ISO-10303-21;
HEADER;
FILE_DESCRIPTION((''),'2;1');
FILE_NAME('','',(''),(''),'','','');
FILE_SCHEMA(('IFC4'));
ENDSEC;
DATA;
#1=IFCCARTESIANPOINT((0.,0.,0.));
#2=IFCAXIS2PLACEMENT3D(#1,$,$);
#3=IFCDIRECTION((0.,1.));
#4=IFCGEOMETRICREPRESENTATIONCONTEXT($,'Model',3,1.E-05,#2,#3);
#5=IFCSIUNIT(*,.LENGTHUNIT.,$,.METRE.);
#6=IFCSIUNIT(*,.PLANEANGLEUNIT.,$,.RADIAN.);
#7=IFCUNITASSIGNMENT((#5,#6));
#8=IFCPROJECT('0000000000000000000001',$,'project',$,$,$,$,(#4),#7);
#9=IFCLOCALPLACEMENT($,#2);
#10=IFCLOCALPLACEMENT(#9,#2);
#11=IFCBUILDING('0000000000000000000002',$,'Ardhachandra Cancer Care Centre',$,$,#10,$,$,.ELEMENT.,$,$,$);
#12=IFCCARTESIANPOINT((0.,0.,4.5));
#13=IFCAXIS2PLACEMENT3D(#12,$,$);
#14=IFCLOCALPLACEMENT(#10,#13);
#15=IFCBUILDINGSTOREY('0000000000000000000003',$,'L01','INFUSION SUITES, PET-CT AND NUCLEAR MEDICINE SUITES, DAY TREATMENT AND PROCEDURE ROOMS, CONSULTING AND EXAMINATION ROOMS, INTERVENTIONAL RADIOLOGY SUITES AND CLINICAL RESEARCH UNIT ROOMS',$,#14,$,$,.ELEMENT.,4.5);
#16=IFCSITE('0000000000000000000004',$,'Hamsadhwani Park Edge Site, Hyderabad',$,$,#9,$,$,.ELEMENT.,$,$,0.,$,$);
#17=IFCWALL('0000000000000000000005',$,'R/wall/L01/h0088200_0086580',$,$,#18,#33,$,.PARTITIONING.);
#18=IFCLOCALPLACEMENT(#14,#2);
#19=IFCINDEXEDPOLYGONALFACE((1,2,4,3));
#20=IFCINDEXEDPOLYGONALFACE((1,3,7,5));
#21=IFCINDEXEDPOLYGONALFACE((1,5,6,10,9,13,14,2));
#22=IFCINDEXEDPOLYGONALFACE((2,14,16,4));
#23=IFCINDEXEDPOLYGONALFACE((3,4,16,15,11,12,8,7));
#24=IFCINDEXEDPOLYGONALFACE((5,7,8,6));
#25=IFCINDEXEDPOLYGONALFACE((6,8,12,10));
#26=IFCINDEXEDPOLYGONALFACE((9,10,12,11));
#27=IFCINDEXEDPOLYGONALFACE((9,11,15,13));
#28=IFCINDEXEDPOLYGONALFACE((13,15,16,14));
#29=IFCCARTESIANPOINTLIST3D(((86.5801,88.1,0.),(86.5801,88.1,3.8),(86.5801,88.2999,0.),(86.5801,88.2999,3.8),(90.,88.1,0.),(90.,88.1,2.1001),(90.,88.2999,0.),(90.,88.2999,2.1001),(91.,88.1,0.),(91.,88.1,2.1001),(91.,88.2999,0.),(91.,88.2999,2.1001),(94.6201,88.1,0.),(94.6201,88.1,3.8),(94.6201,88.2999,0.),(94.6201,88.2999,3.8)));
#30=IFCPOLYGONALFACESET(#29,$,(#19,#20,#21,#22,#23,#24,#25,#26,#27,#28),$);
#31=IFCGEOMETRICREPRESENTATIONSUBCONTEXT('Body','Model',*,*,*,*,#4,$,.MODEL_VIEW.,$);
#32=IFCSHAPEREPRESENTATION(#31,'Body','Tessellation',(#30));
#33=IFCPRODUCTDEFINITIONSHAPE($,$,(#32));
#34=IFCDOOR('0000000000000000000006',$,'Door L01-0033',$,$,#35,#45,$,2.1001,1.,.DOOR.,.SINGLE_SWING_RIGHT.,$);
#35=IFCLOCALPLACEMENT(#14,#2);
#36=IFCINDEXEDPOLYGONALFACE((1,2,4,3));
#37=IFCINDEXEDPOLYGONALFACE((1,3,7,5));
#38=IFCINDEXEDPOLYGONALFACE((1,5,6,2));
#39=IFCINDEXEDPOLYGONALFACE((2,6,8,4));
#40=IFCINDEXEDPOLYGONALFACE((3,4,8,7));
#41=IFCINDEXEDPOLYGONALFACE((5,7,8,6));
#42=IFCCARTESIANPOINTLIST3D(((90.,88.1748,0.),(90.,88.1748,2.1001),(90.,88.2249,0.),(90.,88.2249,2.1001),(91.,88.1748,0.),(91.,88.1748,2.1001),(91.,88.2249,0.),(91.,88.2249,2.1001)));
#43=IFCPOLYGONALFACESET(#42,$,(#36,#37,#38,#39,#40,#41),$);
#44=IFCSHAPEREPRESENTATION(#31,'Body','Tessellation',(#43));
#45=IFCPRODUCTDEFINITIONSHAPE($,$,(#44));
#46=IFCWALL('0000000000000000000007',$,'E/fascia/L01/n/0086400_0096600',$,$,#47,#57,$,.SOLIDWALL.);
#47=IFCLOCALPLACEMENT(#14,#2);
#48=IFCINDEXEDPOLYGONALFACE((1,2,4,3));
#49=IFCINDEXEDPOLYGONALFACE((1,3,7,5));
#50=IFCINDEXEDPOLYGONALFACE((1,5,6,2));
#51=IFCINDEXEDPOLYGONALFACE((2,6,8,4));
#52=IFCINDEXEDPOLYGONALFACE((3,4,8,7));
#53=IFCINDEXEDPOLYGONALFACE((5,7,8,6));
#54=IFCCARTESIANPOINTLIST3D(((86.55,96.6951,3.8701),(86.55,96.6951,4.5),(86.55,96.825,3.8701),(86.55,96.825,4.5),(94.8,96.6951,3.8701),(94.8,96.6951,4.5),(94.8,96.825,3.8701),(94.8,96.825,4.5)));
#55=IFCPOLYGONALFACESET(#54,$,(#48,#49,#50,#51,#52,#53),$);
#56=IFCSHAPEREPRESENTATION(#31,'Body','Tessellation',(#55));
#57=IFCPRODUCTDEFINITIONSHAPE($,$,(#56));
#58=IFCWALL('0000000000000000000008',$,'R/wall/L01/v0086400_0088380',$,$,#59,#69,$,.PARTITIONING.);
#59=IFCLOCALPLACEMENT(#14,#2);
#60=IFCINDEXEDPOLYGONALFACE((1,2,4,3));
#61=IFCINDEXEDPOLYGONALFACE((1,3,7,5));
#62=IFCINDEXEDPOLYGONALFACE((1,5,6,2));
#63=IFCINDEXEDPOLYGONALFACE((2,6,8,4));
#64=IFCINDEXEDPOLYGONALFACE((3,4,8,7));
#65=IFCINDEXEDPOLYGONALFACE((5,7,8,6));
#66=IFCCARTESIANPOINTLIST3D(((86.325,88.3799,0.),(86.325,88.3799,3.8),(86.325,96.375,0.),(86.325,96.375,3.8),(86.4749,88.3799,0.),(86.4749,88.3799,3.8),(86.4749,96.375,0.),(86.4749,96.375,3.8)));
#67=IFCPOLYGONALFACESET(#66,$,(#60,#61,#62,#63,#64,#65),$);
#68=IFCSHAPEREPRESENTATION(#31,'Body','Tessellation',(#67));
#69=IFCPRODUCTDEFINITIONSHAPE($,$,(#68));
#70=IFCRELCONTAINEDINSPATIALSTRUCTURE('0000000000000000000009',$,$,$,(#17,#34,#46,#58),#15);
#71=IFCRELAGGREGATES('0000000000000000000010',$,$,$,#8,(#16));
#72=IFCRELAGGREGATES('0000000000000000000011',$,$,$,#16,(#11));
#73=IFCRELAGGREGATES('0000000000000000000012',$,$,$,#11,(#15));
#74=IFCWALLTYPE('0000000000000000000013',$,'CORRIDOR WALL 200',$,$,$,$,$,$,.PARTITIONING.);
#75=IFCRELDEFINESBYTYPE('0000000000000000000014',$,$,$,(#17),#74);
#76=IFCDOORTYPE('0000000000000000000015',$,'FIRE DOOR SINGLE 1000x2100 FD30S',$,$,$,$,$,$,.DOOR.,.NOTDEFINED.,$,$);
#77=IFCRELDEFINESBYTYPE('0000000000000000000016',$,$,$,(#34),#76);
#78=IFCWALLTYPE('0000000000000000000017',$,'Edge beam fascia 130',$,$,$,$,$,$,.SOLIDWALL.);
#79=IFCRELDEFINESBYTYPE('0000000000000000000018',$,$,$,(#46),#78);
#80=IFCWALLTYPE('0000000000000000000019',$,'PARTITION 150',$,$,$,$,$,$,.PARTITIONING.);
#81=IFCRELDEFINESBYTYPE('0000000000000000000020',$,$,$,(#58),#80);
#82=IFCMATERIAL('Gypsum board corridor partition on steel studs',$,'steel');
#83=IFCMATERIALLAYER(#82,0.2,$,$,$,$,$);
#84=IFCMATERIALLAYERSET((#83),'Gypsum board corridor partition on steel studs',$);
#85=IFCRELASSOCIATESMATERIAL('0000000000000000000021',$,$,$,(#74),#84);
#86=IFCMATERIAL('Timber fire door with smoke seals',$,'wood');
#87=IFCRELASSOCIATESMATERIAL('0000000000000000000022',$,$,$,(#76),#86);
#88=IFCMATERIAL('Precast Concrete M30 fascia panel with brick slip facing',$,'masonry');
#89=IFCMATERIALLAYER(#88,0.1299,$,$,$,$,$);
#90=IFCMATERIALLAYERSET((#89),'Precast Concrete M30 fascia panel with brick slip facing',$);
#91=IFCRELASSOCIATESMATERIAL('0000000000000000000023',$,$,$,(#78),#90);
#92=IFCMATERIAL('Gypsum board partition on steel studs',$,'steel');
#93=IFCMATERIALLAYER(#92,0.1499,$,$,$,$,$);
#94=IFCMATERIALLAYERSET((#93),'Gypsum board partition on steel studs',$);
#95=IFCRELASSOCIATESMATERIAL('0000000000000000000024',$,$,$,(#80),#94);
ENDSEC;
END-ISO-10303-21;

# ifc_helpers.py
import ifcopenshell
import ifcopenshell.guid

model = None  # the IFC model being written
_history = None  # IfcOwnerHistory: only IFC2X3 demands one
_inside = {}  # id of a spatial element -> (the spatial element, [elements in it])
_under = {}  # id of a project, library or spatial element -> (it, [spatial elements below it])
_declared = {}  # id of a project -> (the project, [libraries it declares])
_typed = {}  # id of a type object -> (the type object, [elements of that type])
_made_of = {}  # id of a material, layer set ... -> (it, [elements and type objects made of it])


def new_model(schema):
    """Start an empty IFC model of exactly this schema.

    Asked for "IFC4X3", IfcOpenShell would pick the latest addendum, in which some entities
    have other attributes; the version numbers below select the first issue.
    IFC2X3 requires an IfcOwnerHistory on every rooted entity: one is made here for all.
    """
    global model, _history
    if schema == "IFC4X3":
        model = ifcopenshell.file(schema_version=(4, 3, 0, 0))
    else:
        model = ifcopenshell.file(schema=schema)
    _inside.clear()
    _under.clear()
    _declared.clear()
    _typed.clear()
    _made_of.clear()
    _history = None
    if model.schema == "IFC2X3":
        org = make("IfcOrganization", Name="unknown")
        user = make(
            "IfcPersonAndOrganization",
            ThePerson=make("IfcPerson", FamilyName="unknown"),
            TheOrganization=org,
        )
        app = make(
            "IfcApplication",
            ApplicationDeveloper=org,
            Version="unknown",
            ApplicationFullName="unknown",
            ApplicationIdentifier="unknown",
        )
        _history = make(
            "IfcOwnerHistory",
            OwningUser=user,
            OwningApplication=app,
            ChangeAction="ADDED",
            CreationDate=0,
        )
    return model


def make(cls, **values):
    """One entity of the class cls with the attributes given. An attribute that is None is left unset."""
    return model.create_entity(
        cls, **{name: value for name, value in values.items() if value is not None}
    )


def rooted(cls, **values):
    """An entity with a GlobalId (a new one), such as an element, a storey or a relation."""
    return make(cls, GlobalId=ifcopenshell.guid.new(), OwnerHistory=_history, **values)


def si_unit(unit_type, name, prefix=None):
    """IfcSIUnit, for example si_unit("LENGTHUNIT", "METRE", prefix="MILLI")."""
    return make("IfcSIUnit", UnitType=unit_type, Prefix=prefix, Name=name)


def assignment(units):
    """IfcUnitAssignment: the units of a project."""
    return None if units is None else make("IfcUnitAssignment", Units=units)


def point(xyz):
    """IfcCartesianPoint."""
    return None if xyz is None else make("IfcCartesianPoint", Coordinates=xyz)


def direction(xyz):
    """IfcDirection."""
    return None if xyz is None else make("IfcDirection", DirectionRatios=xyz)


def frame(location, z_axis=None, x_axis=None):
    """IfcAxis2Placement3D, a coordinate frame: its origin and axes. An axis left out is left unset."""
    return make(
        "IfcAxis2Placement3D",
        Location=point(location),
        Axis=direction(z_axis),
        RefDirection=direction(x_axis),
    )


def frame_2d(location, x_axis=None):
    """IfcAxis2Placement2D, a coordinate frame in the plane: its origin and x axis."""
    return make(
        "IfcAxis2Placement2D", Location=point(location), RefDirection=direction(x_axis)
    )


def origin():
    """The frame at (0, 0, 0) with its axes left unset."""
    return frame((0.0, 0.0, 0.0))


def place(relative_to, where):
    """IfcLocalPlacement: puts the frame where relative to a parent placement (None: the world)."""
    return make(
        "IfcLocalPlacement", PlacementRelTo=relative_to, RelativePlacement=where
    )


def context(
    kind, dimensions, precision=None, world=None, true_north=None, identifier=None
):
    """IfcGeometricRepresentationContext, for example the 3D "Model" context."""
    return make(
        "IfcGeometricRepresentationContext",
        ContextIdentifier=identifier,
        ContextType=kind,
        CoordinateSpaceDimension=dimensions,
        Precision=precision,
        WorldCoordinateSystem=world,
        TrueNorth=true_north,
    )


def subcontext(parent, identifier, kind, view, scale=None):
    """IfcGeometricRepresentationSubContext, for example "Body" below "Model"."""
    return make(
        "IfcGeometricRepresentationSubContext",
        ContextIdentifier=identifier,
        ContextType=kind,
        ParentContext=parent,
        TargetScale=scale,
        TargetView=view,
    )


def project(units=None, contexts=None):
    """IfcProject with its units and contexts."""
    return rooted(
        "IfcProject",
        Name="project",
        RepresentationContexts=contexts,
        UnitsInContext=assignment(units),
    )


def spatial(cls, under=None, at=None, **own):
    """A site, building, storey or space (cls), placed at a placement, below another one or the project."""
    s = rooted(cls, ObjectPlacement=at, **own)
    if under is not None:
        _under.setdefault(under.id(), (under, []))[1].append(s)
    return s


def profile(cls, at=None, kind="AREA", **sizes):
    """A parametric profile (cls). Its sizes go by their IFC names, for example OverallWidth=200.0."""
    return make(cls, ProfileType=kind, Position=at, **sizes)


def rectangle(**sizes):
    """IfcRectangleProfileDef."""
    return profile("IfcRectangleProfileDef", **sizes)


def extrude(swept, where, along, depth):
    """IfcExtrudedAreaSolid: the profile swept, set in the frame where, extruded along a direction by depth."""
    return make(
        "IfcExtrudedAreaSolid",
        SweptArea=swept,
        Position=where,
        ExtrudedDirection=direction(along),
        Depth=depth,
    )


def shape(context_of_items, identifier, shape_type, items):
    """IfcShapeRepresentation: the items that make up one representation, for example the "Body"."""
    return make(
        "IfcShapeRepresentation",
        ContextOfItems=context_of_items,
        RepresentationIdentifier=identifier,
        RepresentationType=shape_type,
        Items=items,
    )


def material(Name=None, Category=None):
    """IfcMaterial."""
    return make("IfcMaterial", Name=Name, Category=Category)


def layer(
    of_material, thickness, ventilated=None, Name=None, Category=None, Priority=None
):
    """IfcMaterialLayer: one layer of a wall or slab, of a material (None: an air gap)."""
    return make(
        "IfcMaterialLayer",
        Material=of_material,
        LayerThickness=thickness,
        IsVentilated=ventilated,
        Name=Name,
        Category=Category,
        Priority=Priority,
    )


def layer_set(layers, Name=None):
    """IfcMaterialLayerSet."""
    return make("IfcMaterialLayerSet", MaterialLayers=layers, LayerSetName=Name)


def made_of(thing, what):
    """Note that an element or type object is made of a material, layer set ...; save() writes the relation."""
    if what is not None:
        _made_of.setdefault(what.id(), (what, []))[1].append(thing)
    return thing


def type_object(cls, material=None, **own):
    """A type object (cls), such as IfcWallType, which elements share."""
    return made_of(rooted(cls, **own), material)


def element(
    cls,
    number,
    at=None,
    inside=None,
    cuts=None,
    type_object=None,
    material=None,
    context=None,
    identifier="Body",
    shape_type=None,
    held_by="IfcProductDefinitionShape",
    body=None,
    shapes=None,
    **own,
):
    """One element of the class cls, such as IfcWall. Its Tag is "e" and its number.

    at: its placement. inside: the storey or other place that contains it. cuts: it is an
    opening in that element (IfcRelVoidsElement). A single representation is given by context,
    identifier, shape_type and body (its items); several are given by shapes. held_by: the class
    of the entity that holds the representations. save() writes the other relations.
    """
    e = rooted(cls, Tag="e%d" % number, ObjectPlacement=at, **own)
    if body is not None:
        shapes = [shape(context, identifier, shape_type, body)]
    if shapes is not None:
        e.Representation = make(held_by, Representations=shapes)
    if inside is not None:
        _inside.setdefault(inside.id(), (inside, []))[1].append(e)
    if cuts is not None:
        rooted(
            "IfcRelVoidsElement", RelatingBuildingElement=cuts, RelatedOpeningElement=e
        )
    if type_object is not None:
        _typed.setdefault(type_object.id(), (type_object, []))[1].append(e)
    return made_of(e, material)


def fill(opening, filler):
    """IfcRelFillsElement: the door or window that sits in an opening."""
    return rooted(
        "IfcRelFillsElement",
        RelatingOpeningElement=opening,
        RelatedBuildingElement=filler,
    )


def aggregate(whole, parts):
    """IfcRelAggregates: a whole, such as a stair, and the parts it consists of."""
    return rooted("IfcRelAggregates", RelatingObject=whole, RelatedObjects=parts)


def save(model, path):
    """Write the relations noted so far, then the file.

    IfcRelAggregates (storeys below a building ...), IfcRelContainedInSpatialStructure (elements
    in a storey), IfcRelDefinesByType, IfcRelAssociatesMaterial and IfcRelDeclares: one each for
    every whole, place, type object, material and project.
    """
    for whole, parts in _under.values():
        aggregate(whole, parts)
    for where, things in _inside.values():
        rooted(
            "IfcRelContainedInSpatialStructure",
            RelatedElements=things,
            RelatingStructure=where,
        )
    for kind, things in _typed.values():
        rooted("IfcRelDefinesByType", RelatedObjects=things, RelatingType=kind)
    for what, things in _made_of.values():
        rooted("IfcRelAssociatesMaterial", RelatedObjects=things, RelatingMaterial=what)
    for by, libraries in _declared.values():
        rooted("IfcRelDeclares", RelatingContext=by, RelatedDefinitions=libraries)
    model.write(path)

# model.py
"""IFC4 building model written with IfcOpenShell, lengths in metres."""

from ifc_helpers import new_model, si_unit, direction, frame, frame_2d, origin, place, context, subcontext, project, spatial, rectangle, extrude, material, layer, layer_set, type_object, element, fill, save


model = new_model("IFC4")

# Units and contexts
model_context = context("Model", 3, precision=1e-05, world=origin(), true_north=direction((0.0, 1.0)))
body_context = subcontext(model_context, "Body", "Model", "MODEL_VIEW")
ifc_project = project(units=[si_unit("LENGTHUNIT", "METRE"), si_unit("PLANEANGLEUNIT", "RADIAN")], contexts=[model_context])

# Site, building, storey
site_placement = place(None, origin())
site = spatial("IfcSite", under=ifc_project, at=site_placement, Name="Hamsadhwani Park Edge Site, Hyderabad", CompositionType="ELEMENT", RefElevation=0.0)
building_placement = place(site_placement, origin())
building = spatial("IfcBuilding", under=site, at=building_placement, Name="Ardhachandra Cancer Care Centre", CompositionType="ELEMENT")
storey_placement = place(building_placement, frame((0.0, 0.0, 4.5)))
storey = spatial("IfcBuildingStorey", under=building, at=storey_placement, Name="L01", Description="INFUSION SUITES, PET-CT AND NUCLEAR MEDICINE SUITES, DAY TREATMENT AND PROCEDURE ROOMS, CONSULTING AND EXAMINATION ROOMS, INTERVENTIONAL RADIOLOGY SUITES AND CLINICAL RESEARCH UNIT ROOMS", CompositionType="ELEMENT", Elevation=4.5)

# Wall, opening, door
ifc_material_1 = material(Name="Gypsum board corridor partition on steel studs", Category="steel")
ifc_layer_1 = layer(ifc_material_1, 0.2)
ifc_layer_set_1 = layer_set([ifc_layer_1], Name="Gypsum board corridor partition on steel studs")
wall_type_1 = type_object("IfcWallType", Name="CORRIDOR WALL 200", PredefinedType="PARTITIONING", material=ifc_layer_set_1)
wall_1_placement = place(storey_placement, frame((86.5801, 88.2, 0.0), z_axis=(0.0, 0.0, 1.0), x_axis=(1.0, 0.0, 0.0)))
wall_1 = element("IfcWall", 1, at=wall_1_placement, inside=storey, type_object=wall_type_1, Name="R/wall/L01/h0088200_0086580", PredefinedType="PARTITIONING", context=body_context, shape_type="SweptSolid", body=[
    extrude(rectangle(XDim=8.04, YDim=0.2, at=frame_2d((4.02, 0.0))), origin(), (0.0, 0.0, 1.0), 3.8),
])
opening_placement = place(wall_1_placement, frame((3.4199, 0.0, 0.0)))
opening = element("IfcOpeningElement", 2, at=opening_placement, cuts=wall_1, PredefinedType="OPENING", context=body_context, shape_type="SweptSolid", body=[
    extrude(rectangle(XDim=1.0, YDim=2.1001, at=frame_2d((0.5, 1.05))), frame((0.0, 0.1099, 0.0), z_axis=(0.0, -1.0, 0.0), x_axis=(1.0, 0.0, 0.0)), (0.0, 0.0, 1.0), 0.22),
])
ifc_material_2 = material(Name="Timber fire door with smoke seals", Category="wood")
door_type = type_object("IfcDoorType", Name="FIRE DOOR SINGLE 1000x2100 FD30S", OperationType="NOTDEFINED", PredefinedType="DOOR", material=ifc_material_2)
door_placement = place(opening_placement, origin())
door = element("IfcDoor", 3, at=door_placement, inside=storey, type_object=door_type, Name="Door L01-0033", OperationType="SINGLE_SWING_RIGHT", OverallHeight=2.1001, OverallWidth=1.0, PredefinedType="DOOR", context=body_context, shape_type="SweptSolid", body=[
    extrude(rectangle(XDim=1.0, YDim=2.1001, at=frame_2d((0.5, 1.05))), frame((0.0, 0.0249, 0.0), z_axis=(0.0, -1.0, 0.0), x_axis=(1.0, 0.0, 0.0)), (0.0, 0.0, 1.0), 0.05),
])
fill(opening, door)

# Walls
ifc_material_3 = material(Name="Precast Concrete M30 fascia panel with brick slip facing", Category="masonry")
ifc_layer_2 = layer(ifc_material_3, 0.1299)
ifc_layer_set_2 = layer_set([ifc_layer_2], Name="Precast Concrete M30 fascia panel with brick slip facing")
wall_type_2 = type_object("IfcWallType", Name="Edge beam fascia 130", PredefinedType="SOLIDWALL", material=ifc_layer_set_2)
wall_2_placement = place(storey_placement, frame((86.55, 96.76, 3.8701), z_axis=(0.0, 0.0, 1.0), x_axis=(1.0, 0.0, 0.0)))
element("IfcWall", 4, at=wall_2_placement, inside=storey, type_object=wall_type_2, Name="E/fascia/L01/n/0086400_0096600", PredefinedType="SOLIDWALL", context=body_context, shape_type="SweptSolid", body=[
    extrude(rectangle(XDim=8.25, YDim=0.1299, at=frame_2d((4.125, 0.0))), origin(), (0.0, 0.0, 1.0), 0.6299),
])
ifc_material_4 = material(Name="Gypsum board partition on steel studs", Category="steel")
ifc_layer_3 = layer(ifc_material_4, 0.1499)
ifc_layer_set_3 = layer_set([ifc_layer_3], Name="Gypsum board partition on steel studs")
wall_type_3 = type_object("IfcWallType", Name="PARTITION 150", PredefinedType="PARTITIONING", material=ifc_layer_set_3)
wall_3_placement = place(storey_placement, frame((86.3999, 88.3799, 0.0), z_axis=(0.0, 0.0, 1.0), x_axis=(0.0, 1.0, 0.0)))
element("IfcWall", 5, at=wall_3_placement, inside=storey, type_object=wall_type_3, Name="R/wall/L01/v0086400_0088380", PredefinedType="PARTITIONING", context=body_context, shape_type="SweptSolid", body=[
    extrude(rectangle(XDim=7.9951, YDim=0.1499, at=frame_2d((3.9976, 0.0))), origin(), (0.0, 0.0, 1.0), 3.8),
])

save(model, "model.ifc")
